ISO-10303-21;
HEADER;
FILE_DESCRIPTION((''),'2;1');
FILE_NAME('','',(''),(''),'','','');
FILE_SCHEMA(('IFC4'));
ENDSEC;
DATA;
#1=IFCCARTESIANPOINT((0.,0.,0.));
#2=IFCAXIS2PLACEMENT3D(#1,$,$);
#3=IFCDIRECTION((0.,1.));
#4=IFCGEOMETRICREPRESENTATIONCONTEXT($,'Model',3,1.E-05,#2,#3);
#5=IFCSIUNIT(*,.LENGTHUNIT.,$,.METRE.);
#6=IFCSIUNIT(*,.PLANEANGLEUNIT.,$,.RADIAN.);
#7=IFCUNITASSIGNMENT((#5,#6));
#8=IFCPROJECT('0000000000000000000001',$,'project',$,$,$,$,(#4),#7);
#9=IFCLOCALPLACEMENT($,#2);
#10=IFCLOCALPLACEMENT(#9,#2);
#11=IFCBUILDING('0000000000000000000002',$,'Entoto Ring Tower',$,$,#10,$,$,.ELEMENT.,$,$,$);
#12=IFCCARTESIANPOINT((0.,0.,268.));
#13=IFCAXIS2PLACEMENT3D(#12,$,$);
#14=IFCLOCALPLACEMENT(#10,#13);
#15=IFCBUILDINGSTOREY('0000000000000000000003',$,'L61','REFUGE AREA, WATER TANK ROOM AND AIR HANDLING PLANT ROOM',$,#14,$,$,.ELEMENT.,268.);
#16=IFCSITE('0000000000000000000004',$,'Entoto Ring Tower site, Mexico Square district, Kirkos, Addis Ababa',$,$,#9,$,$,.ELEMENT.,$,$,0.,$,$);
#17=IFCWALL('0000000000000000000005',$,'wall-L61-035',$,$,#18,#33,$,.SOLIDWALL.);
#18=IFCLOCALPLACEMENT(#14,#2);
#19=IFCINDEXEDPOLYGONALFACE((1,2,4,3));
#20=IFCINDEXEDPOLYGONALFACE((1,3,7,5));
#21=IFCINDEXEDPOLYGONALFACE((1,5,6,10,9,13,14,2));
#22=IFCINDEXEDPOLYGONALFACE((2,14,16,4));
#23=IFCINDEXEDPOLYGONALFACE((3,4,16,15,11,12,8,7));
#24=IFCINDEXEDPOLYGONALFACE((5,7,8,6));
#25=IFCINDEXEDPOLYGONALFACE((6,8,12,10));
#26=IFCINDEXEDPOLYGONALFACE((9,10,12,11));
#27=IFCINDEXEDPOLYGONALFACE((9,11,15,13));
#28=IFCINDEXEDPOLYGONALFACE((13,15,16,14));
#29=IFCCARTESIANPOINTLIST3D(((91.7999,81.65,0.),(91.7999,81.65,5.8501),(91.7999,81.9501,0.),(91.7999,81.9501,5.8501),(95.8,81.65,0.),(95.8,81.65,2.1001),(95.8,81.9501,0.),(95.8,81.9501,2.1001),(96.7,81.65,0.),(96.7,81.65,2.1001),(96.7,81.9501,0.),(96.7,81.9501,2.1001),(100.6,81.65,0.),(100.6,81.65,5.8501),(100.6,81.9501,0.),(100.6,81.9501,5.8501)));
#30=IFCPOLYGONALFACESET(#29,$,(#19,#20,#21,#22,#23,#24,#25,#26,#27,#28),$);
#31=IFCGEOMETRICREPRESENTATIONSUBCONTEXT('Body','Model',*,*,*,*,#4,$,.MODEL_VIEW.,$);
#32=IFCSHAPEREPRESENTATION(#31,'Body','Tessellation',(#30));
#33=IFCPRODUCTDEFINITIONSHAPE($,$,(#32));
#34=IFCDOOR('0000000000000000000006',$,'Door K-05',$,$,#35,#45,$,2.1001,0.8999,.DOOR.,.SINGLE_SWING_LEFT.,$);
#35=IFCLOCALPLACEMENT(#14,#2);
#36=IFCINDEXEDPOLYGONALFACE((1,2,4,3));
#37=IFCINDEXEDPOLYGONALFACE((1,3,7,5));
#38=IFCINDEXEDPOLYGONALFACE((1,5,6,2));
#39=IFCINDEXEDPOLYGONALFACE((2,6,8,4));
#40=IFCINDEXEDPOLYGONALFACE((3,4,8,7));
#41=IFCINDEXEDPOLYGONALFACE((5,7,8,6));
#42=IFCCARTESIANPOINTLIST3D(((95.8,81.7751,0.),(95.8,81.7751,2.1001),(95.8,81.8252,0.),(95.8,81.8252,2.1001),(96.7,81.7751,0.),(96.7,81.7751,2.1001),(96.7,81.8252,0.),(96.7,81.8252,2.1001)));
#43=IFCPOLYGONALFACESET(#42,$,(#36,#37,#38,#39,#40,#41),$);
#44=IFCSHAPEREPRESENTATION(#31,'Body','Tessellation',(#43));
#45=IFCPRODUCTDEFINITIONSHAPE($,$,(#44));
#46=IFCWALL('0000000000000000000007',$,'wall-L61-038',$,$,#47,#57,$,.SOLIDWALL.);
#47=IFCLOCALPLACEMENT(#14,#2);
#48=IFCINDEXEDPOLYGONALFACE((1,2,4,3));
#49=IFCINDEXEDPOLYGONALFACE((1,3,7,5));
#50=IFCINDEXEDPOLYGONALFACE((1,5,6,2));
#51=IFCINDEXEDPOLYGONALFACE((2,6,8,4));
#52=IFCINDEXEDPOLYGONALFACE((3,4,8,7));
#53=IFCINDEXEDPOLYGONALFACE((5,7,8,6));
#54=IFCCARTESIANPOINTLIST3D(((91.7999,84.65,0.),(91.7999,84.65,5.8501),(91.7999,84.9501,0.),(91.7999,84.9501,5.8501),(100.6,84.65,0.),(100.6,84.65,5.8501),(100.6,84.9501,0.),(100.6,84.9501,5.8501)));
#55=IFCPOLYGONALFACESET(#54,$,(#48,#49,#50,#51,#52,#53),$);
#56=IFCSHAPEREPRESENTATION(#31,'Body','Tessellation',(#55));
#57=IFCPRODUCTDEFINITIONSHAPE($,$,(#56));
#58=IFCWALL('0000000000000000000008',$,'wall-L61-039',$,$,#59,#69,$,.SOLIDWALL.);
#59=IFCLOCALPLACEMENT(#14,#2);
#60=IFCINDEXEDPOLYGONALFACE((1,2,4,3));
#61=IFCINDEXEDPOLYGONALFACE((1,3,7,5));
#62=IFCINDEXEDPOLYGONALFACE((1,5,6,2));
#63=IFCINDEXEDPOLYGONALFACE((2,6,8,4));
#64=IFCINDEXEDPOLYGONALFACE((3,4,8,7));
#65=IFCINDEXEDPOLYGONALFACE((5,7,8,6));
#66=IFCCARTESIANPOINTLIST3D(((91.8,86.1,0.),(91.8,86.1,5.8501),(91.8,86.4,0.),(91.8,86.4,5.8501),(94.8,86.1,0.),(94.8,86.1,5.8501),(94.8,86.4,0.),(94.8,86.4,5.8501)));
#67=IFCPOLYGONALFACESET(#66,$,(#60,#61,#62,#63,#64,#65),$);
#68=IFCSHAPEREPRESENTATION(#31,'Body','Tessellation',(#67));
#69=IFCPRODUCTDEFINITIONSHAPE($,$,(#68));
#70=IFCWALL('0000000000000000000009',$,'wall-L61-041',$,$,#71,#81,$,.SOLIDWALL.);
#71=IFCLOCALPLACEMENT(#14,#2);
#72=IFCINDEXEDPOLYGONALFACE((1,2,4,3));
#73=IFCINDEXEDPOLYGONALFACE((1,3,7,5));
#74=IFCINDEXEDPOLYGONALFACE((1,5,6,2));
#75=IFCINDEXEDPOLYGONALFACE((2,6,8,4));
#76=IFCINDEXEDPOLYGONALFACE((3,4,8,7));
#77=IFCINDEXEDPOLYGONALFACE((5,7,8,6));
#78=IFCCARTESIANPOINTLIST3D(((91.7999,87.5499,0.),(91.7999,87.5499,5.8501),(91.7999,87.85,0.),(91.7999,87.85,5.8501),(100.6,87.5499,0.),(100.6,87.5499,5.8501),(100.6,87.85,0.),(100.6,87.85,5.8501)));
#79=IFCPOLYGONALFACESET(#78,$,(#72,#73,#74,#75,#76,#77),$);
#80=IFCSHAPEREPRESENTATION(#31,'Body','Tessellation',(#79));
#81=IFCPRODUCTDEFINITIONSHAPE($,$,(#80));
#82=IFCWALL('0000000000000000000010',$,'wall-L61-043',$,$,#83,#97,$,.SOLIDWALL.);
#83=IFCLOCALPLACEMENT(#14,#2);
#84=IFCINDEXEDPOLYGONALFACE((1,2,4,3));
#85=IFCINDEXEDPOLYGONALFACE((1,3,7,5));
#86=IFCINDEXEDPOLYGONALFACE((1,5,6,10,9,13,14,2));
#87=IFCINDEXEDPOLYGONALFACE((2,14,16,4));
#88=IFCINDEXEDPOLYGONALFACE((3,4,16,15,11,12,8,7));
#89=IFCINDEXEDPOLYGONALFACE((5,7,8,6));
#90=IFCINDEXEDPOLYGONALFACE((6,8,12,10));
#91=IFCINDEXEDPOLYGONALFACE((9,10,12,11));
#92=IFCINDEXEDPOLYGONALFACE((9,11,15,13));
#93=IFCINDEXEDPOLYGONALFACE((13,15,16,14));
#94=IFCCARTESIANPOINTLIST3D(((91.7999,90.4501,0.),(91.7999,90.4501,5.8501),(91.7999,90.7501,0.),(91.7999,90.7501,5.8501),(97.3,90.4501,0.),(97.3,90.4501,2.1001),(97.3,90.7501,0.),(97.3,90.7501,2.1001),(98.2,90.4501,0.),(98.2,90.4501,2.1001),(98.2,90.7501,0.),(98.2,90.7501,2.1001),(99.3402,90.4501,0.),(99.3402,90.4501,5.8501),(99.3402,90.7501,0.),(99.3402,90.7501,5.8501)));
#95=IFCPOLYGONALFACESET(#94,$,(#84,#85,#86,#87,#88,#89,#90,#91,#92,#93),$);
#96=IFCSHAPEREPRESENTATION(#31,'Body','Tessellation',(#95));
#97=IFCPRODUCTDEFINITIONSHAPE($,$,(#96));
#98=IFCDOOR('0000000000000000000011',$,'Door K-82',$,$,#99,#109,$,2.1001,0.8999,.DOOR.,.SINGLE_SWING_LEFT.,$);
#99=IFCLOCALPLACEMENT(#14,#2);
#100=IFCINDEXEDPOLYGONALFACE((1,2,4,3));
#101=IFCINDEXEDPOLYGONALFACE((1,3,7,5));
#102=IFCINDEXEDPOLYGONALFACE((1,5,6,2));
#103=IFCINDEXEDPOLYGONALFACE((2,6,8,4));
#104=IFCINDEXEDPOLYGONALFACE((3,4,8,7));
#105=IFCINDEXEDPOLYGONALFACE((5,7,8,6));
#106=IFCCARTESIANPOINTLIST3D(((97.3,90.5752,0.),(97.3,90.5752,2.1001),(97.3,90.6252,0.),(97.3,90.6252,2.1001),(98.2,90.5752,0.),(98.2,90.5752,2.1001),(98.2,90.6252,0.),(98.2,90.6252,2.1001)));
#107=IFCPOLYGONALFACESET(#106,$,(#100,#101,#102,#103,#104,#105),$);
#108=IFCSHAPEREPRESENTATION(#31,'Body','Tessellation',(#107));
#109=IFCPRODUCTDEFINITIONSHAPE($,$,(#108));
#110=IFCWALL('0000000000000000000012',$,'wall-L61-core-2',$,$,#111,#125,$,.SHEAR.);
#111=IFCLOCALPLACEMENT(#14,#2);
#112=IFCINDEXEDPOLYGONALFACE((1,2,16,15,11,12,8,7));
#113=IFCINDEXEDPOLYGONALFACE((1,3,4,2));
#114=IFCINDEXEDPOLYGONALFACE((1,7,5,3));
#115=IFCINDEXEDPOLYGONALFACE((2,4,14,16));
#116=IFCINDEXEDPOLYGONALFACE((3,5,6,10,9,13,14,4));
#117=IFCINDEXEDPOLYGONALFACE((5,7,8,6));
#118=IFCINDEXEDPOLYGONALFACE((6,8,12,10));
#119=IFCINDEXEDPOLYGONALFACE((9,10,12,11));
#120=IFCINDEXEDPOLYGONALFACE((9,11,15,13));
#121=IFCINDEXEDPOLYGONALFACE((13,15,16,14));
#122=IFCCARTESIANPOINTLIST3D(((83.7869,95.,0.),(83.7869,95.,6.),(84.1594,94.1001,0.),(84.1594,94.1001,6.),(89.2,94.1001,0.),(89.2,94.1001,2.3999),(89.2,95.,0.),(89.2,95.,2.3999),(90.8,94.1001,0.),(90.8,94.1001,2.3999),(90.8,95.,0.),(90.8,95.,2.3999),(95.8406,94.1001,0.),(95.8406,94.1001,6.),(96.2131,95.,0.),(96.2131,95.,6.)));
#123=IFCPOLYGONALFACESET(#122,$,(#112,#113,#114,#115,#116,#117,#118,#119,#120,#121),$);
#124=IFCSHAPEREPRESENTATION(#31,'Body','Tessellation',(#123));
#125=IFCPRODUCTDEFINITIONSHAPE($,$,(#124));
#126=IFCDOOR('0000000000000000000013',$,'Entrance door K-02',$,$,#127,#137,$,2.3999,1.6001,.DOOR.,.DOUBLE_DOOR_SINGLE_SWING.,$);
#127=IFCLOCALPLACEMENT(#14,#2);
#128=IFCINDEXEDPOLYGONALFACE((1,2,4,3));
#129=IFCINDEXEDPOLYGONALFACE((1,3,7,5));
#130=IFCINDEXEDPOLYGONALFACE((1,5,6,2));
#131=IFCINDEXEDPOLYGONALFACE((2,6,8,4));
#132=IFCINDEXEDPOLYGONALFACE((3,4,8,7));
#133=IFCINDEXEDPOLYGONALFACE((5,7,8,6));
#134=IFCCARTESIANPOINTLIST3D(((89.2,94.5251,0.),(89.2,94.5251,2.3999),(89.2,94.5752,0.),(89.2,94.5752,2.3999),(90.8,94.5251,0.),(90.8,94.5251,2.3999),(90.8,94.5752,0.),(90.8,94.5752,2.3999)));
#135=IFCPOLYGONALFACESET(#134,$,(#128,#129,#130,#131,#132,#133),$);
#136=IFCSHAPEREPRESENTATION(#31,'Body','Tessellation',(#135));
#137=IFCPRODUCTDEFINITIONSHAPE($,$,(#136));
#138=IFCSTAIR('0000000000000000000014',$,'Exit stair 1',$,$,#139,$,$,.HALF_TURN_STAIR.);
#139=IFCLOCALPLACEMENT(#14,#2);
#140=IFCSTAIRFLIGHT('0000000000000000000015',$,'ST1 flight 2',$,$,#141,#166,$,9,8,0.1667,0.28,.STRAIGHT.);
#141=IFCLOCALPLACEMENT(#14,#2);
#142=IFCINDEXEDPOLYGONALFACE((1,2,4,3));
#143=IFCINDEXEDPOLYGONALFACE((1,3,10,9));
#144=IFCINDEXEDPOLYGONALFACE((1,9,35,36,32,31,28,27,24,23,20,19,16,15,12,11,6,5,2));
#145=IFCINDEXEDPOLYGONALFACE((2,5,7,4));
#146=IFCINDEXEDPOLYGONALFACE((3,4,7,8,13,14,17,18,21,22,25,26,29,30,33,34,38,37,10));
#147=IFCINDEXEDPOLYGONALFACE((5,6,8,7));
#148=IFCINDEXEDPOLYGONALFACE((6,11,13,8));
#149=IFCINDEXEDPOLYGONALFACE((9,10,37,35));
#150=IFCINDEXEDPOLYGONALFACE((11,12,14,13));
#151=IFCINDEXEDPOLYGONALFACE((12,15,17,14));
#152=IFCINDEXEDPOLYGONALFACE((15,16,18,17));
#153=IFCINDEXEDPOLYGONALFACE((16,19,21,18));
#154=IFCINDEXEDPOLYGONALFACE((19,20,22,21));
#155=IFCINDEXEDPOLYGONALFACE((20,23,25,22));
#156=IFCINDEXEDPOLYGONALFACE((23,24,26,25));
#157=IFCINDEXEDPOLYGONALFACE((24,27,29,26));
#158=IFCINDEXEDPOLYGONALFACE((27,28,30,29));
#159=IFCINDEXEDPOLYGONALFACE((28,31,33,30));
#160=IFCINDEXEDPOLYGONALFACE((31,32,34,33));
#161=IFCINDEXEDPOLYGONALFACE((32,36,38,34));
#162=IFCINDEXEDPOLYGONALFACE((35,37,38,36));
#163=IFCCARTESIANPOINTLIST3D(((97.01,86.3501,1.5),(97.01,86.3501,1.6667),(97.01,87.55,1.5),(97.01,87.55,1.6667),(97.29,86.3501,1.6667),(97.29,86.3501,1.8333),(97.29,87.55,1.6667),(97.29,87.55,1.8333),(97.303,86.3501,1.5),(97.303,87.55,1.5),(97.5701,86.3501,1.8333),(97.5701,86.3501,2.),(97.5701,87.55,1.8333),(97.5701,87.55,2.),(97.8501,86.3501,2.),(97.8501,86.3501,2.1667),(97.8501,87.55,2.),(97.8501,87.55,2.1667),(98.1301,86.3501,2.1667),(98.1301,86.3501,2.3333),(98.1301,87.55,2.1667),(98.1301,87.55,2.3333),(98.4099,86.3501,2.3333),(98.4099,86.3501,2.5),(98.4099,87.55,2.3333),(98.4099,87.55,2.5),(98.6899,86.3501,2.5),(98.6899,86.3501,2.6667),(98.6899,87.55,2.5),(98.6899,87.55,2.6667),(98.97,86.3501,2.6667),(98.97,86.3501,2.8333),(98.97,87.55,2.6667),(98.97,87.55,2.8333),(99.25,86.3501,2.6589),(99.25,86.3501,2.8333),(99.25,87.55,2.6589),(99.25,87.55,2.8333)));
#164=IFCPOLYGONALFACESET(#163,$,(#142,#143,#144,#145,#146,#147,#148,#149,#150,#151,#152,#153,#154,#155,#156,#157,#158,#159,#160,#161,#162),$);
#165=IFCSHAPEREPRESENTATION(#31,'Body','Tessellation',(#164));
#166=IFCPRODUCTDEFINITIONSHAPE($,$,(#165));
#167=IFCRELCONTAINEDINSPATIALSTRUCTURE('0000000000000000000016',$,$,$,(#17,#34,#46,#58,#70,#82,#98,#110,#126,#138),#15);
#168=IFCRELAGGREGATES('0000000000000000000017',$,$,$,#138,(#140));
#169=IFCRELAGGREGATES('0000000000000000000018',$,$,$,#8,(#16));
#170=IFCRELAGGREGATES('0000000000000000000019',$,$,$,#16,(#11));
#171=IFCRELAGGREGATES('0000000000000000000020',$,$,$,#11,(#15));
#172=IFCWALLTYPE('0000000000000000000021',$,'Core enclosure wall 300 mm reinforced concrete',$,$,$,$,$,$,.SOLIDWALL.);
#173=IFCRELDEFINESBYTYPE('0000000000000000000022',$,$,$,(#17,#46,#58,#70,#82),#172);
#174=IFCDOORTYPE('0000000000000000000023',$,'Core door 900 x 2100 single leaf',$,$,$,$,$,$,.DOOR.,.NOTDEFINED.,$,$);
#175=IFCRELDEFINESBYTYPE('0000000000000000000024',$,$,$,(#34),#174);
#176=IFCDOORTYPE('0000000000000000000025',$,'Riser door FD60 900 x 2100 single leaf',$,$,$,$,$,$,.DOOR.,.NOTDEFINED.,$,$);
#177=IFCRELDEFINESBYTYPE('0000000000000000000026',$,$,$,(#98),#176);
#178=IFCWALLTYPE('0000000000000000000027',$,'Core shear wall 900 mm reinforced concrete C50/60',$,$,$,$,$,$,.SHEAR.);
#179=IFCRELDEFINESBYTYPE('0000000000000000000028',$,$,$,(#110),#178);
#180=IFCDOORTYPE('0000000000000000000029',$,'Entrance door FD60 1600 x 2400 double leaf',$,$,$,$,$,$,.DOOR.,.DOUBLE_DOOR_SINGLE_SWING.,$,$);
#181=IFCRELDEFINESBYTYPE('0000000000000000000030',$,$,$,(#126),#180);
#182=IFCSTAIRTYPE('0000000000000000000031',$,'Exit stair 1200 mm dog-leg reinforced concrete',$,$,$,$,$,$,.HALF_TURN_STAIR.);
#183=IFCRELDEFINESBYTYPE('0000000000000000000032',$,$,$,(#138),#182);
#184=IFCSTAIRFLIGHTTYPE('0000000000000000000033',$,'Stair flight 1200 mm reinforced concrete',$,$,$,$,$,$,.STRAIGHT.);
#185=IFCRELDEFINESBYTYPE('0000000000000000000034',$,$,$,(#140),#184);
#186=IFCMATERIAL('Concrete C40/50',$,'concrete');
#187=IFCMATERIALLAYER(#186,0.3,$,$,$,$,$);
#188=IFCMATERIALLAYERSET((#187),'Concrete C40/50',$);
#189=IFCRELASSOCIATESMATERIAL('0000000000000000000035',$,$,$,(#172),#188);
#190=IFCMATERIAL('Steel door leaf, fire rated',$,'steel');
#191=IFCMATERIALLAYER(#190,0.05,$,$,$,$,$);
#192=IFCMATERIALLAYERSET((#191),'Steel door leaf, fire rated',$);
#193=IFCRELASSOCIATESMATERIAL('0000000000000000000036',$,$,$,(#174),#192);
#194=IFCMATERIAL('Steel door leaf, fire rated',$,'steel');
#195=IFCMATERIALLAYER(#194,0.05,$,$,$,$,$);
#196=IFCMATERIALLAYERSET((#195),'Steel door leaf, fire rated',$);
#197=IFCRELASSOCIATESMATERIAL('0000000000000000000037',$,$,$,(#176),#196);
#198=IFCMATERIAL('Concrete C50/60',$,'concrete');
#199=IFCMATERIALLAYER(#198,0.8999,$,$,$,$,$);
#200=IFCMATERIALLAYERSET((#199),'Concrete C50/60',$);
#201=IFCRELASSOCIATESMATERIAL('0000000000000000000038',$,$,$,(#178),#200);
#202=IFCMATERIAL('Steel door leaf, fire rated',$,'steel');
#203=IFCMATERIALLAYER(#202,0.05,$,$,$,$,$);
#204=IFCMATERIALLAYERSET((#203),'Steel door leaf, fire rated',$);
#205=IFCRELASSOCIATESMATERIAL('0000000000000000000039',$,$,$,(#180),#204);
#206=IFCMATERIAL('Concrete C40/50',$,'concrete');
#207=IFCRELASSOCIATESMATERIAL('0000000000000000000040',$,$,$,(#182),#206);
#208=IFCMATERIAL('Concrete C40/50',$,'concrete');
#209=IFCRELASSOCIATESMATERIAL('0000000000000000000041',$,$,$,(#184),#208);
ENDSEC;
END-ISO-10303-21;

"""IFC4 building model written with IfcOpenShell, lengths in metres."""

from ifc_helpers import new_model, si_unit, direction, frame, frame_2d, origin, place, context, subcontext, project, spatial, polyline, rectangle, outline, extrude, material, layer, layer_set, type_object, element, fill, aggregate, save


model = new_model("IFC4")

# Units and contexts
model_context = context("Model", 3, precision=1e-05, world=origin(), true_north=direction((0.0, 1.0)))
body_context = subcontext(model_context, "Body", "Model", "MODEL_VIEW")
ifc_project = project(units=[si_unit("LENGTHUNIT", "METRE"), si_unit("PLANEANGLEUNIT", "RADIAN")], contexts=[model_context])

# Site, building, storey
site_placement = place(None, origin())
site = spatial("IfcSite", under=ifc_project, at=site_placement, Name="Entoto Ring Tower site, Mexico Square district, Kirkos, Addis Ababa", CompositionType="ELEMENT", RefElevation=0.0)
building_placement = place(site_placement, origin())
building = spatial("IfcBuilding", under=site, at=building_placement, Name="Entoto Ring Tower", CompositionType="ELEMENT")
storey_placement = place(building_placement, frame((0.0, 0.0, 268.0)))
storey = spatial("IfcBuildingStorey", under=building, at=storey_placement, Name="L61", Description="REFUGE AREA, WATER TANK ROOM AND AIR HANDLING PLANT ROOM", CompositionType="ELEMENT", Elevation=268.0)

# Shared definitions
ifc_material_1 = material(Name="Concrete C40/50", Category="concrete")
ifc_layer_1 = layer(ifc_material_1, 0.3)
ifc_layer_set_1 = layer_set([ifc_layer_1], Name="Concrete C40/50")
wall_type_1 = type_object("IfcWallType", Name="Core enclosure wall 300 mm reinforced concrete", PredefinedType="SOLIDWALL", material=ifc_layer_set_1)

# Shared definitions
ifc_material_2 = material(Name="Steel door leaf, fire rated", Category="steel")
ifc_layer_2 = layer(ifc_material_2, 0.05)
ifc_layer_set_2 = layer_set([ifc_layer_2], Name="Steel door leaf, fire rated")
door_type_1 = type_object("IfcDoorType", Name="Core door 900 x 2100 single leaf", OperationType="NOTDEFINED", PredefinedType="DOOR", material=ifc_layer_set_2)

# Wall, opening, door
wall_1_placement = place(storey_placement, frame((91.8, 81.8, 0.0), z_axis=(0.0, 0.0, 1.0), x_axis=(1.0, 0.0, 0.0)))
wall_1 = element("IfcWall", 1, at=wall_1_placement, inside=storey, type_object=wall_type_1, Name="wall-L61-035", PredefinedType="SOLIDWALL", context=body_context, shape_type="SweptSolid", body=[
    extrude(rectangle(XDim=8.8, YDim=0.3, at=frame_2d((4.3999, 0.0))), origin(), (0.0, 0.0, 1.0), 5.8501),
])
opening_1_placement = place(wall_1_placement, frame((4.0, 0.0, 0.0)))
opening_1 = element("IfcOpeningElement", 2, at=opening_1_placement, cuts=wall_1, PredefinedType="OPENING", context=body_context, shape_type="SweptSolid", body=[
    extrude(rectangle(XDim=0.8999, YDim=2.1001, at=frame_2d((0.45, 1.05))), frame((0.0, 0.1602, 0.0), z_axis=(0.0, -1.0, 0.0), x_axis=(1.0, 0.0, 0.0)), (0.0, 0.0, 1.0), 0.3201),
])
door_1_placement = place(opening_1_placement, frame((0.8999, 0.0, 0.0), z_axis=(0.0, 0.0, 1.0), x_axis=(-1.0, 0.0, 0.0)))
door_1 = element("IfcDoor", 3, at=door_1_placement, inside=storey, type_object=door_type_1, Name="Door K-05", OperationType="SINGLE_SWING_LEFT", OverallHeight=2.1001, OverallWidth=0.8999, PredefinedType="DOOR", context=body_context, shape_type="SweptSolid", body=[
    extrude(rectangle(XDim=0.8999, YDim=2.1001, at=frame_2d((0.45, 1.05))), frame((0.0, 0.0249, 0.0), z_axis=(0.0, -1.0, 0.0), x_axis=(1.0, 0.0, 0.0)), (0.0, 0.0, 1.0), 0.05),
])
fill(opening_1, door_1)

# Walls
wall_2_placement = place(storey_placement, frame((91.8, 84.8, 0.0), z_axis=(0.0, 0.0, 1.0), x_axis=(1.0, 0.0, 0.0)))
element("IfcWall", 4, at=wall_2_placement, inside=storey, type_object=wall_type_1, Name="wall-L61-038", PredefinedType="SOLIDWALL", context=body_context, shape_type="SweptSolid", body=[
    extrude(rectangle(XDim=8.8, YDim=0.3, at=frame_2d((4.3999, 0.0))), origin(), (0.0, 0.0, 1.0), 5.8501),
])
wall_3_placement = place(storey_placement, frame((91.8, 86.25, 0.0), z_axis=(0.0, 0.0, 1.0), x_axis=(1.0, 0.0, 0.0)))
element("IfcWall", 5, at=wall_3_placement, inside=storey, type_object=wall_type_1, Name="wall-L61-039", PredefinedType="SOLIDWALL", context=body_context, shape_type="SweptSolid", body=[
    extrude(rectangle(XDim=3.0, YDim=0.3, at=frame_2d((1.5, 0.0))), origin(), (0.0, 0.0, 1.0), 5.8501),
])
wall_4_placement = place(storey_placement, frame((91.8, 87.7, 0.0), z_axis=(0.0, 0.0, 1.0), x_axis=(1.0, 0.0, 0.0)))
element("IfcWall", 6, at=wall_4_placement, inside=storey, type_object=wall_type_1, Name="wall-L61-041", PredefinedType="SOLIDWALL", context=body_context, shape_type="SweptSolid", body=[
    extrude(rectangle(XDim=8.8, YDim=0.3, at=frame_2d((4.3999, 0.0))), origin(), (0.0, 0.0, 1.0), 5.8501),
])

# Walls, openings, doors
wall_5_placement = place(storey_placement, frame((91.8, 90.6001, 0.0), z_axis=(0.0, 0.0, 1.0), x_axis=(1.0, 0.0, 0.0)))
wall_5 = element("IfcWall", 7, at=wall_5_placement, inside=storey, type_object=wall_type_1, Name="wall-L61-043", PredefinedType="SOLIDWALL", context=body_context, shape_type="SweptSolid", body=[
    extrude(rectangle(XDim=7.5403, YDim=0.3, at=frame_2d((3.77, 0.0))), origin(), (0.0, 0.0, 1.0), 5.8501),
])
opening_2_placement = place(wall_5_placement, frame((5.5, 0.0, 0.0)))
opening_2 = element("IfcOpeningElement", 8, at=opening_2_placement, cuts=wall_5, PredefinedType="OPENING", context=body_context, shape_type="SweptSolid", body=[
    extrude(rectangle(XDim=0.8999, YDim=2.1001, at=frame_2d((0.45, 1.05))), frame((0.0, 0.1602, 0.0), z_axis=(0.0, -1.0, 0.0), x_axis=(1.0, 0.0, 0.0)), (0.0, 0.0, 1.0), 0.3201),
])
ifc_material_3 = material(Name="Steel door leaf, fire rated", Category="steel")
ifc_layer_3 = layer(ifc_material_3, 0.05)
ifc_layer_set_3 = layer_set([ifc_layer_3], Name="Steel door leaf, fire rated")
door_type_2 = type_object("IfcDoorType", Name="Riser door FD60 900 x 2100 single leaf", OperationType="NOTDEFINED", PredefinedType="DOOR", material=ifc_layer_set_3)
door_2_placement = place(opening_2_placement, frame((0.8999, 0.0, 0.0), z_axis=(0.0, 0.0, 1.0), x_axis=(-1.0, 0.0, 0.0)))
door_2 = element("IfcDoor", 9, at=door_2_placement, inside=storey, type_object=door_type_2, Name="Door K-82", OperationType="SINGLE_SWING_LEFT", OverallHeight=2.1001, OverallWidth=0.8999, PredefinedType="DOOR", context=body_context, shape_type="SweptSolid", body=[
    extrude(rectangle(XDim=0.8999, YDim=2.1001, at=frame_2d((0.45, 1.05))), frame((0.0, 0.0249, 0.0), z_axis=(0.0, -1.0, 0.0), x_axis=(1.0, 0.0, 0.0)), (0.0, 0.0, 1.0), 0.05),
])
fill(opening_2, door_2)
ifc_material_4 = material(Name="Concrete C50/60", Category="concrete")
ifc_layer_4 = layer(ifc_material_4, 0.8999)
ifc_layer_set_4 = layer_set([ifc_layer_4], Name="Concrete C50/60")
wall_type_2 = type_object("IfcWallType", Name="Core shear wall 900 mm reinforced concrete C50/60", PredefinedType="SHEAR", material=ifc_layer_set_4)
wall_6_placement = place(storey_placement, frame((96.0269, 94.55, 0.0), z_axis=(0.0, 0.0, 1.0), x_axis=(-1.0, 0.0, 0.0)))
wall_6 = element("IfcWall", 10, at=wall_6_placement, inside=storey, type_object=wall_type_2, Name="wall-L61-core-2", PredefinedType="SHEAR", context=body_context, shape_type="SweptSolid", body=[
    extrude(outline(polyline([(-0.1863, -0.45), (12.24, -0.45), (11.8674, 0.45), (0.1863, 0.45), (-0.1863, -0.45)])), origin(), (0.0, 0.0, 1.0), 6.0),
])
opening_3_placement = place(wall_6_placement, frame((5.2268, 0.0, 0.0)))
opening_3 = element("IfcOpeningElement", 11, at=opening_3_placement, cuts=wall_6, PredefinedType="OPENING", context=body_context, shape_type="SweptSolid", body=[
    extrude(rectangle(XDim=1.6001, YDim=2.3999, at=frame_2d((0.8, 1.2))), frame((0.0, 0.46, 0.0), z_axis=(0.0, -1.0, 0.0), x_axis=(1.0, 0.0, 0.0)), (0.0, 0.0, 1.0), 0.9199),
])
ifc_material_5 = material(Name="Steel door leaf, fire rated", Category="steel")
ifc_layer_5 = layer(ifc_material_5, 0.05)
ifc_layer_set_5 = layer_set([ifc_layer_5], Name="Steel door leaf, fire rated")
door_type_3 = type_object("IfcDoorType", Name="Entrance door FD60 1600 x 2400 double leaf", OperationType="DOUBLE_DOOR_SINGLE_SWING", PredefinedType="DOOR", material=ifc_layer_set_5)
door_3_placement = place(opening_3_placement, origin())
door_3 = element("IfcDoor", 12, at=door_3_placement, inside=storey, type_object=door_type_3, Name="Entrance door K-02", OperationType="DOUBLE_DOOR_SINGLE_SWING", OverallHeight=2.3999, OverallWidth=1.6001, PredefinedType="DOOR", context=body_context, shape_type="SweptSolid", body=[
    extrude(rectangle(XDim=1.6001, YDim=2.3999, at=frame_2d((0.8, 1.2))), frame((0.0, 0.0249, 0.0), z_axis=(0.0, -1.0, 0.0), x_axis=(1.0, 0.0, 0.0)), (0.0, 0.0, 1.0), 0.05),
])
fill(opening_3, door_3)

# Stair, stair flight
ifc_material_6 = material(Name="Concrete C40/50", Category="concrete")
stair_type = type_object("IfcStairType", Name="Exit stair 1200 mm dog-leg reinforced concrete", PredefinedType="HALF_TURN_STAIR", material=ifc_material_6)
stair_placement = place(storey_placement, origin())
stair = element("IfcStair", 13, at=stair_placement, inside=storey, type_object=stair_type, Name="Exit stair 1", PredefinedType="HALF_TURN_STAIR")
ifc_material_7 = material(Name="Concrete C40/50", Category="concrete")
stair_flight_type = type_object("IfcStairFlightType", Name="Stair flight 1200 mm reinforced concrete", PredefinedType="STRAIGHT", material=ifc_material_7)
stair_flight_placement = place(storey_placement, frame((97.01, 86.95, 1.5), z_axis=(0.0, 0.0, 1.0), x_axis=(1.0, 0.0, 0.0)))
stair_flight = element("IfcStairFlight", 14, at=stair_flight_placement, type_object=stair_flight_type, Name="ST1 flight 2", NumberOfRisers=9, NumberOfTreads=8, PredefinedType="STRAIGHT", RiserHeight=0.1667, TreadLength=0.28, context=body_context, shape_type="SweptSolid", body=[
    extrude(outline(polyline([(0.0, 0.0), (0.0, 0.1667), (0.28, 0.1667), (0.28, 0.3333), (0.5601, 0.3333), (0.5601, 0.5), (0.8401, 0.5), (0.8401, 0.6667), (1.1201, 0.6667), (1.1201, 0.8333), (1.3999, 0.8333), (1.3999, 1.0), (1.6799, 1.0), (1.6799, 1.1667), (1.96, 1.1667), (1.96, 1.3333), (2.24, 1.3333), (2.24, 1.5), (2.24, 1.1589), (0.293, 0.0), (0.0, 0.0)])), frame((0.0, 0.6001, 0.0), z_axis=(0.0, -1.0, 0.0), x_axis=(1.0, 0.0, 0.0)), (0.0, 0.0, 1.0), 1.2),
])
aggregate(stair, [stair_flight])

save(model, "model.ifc")
